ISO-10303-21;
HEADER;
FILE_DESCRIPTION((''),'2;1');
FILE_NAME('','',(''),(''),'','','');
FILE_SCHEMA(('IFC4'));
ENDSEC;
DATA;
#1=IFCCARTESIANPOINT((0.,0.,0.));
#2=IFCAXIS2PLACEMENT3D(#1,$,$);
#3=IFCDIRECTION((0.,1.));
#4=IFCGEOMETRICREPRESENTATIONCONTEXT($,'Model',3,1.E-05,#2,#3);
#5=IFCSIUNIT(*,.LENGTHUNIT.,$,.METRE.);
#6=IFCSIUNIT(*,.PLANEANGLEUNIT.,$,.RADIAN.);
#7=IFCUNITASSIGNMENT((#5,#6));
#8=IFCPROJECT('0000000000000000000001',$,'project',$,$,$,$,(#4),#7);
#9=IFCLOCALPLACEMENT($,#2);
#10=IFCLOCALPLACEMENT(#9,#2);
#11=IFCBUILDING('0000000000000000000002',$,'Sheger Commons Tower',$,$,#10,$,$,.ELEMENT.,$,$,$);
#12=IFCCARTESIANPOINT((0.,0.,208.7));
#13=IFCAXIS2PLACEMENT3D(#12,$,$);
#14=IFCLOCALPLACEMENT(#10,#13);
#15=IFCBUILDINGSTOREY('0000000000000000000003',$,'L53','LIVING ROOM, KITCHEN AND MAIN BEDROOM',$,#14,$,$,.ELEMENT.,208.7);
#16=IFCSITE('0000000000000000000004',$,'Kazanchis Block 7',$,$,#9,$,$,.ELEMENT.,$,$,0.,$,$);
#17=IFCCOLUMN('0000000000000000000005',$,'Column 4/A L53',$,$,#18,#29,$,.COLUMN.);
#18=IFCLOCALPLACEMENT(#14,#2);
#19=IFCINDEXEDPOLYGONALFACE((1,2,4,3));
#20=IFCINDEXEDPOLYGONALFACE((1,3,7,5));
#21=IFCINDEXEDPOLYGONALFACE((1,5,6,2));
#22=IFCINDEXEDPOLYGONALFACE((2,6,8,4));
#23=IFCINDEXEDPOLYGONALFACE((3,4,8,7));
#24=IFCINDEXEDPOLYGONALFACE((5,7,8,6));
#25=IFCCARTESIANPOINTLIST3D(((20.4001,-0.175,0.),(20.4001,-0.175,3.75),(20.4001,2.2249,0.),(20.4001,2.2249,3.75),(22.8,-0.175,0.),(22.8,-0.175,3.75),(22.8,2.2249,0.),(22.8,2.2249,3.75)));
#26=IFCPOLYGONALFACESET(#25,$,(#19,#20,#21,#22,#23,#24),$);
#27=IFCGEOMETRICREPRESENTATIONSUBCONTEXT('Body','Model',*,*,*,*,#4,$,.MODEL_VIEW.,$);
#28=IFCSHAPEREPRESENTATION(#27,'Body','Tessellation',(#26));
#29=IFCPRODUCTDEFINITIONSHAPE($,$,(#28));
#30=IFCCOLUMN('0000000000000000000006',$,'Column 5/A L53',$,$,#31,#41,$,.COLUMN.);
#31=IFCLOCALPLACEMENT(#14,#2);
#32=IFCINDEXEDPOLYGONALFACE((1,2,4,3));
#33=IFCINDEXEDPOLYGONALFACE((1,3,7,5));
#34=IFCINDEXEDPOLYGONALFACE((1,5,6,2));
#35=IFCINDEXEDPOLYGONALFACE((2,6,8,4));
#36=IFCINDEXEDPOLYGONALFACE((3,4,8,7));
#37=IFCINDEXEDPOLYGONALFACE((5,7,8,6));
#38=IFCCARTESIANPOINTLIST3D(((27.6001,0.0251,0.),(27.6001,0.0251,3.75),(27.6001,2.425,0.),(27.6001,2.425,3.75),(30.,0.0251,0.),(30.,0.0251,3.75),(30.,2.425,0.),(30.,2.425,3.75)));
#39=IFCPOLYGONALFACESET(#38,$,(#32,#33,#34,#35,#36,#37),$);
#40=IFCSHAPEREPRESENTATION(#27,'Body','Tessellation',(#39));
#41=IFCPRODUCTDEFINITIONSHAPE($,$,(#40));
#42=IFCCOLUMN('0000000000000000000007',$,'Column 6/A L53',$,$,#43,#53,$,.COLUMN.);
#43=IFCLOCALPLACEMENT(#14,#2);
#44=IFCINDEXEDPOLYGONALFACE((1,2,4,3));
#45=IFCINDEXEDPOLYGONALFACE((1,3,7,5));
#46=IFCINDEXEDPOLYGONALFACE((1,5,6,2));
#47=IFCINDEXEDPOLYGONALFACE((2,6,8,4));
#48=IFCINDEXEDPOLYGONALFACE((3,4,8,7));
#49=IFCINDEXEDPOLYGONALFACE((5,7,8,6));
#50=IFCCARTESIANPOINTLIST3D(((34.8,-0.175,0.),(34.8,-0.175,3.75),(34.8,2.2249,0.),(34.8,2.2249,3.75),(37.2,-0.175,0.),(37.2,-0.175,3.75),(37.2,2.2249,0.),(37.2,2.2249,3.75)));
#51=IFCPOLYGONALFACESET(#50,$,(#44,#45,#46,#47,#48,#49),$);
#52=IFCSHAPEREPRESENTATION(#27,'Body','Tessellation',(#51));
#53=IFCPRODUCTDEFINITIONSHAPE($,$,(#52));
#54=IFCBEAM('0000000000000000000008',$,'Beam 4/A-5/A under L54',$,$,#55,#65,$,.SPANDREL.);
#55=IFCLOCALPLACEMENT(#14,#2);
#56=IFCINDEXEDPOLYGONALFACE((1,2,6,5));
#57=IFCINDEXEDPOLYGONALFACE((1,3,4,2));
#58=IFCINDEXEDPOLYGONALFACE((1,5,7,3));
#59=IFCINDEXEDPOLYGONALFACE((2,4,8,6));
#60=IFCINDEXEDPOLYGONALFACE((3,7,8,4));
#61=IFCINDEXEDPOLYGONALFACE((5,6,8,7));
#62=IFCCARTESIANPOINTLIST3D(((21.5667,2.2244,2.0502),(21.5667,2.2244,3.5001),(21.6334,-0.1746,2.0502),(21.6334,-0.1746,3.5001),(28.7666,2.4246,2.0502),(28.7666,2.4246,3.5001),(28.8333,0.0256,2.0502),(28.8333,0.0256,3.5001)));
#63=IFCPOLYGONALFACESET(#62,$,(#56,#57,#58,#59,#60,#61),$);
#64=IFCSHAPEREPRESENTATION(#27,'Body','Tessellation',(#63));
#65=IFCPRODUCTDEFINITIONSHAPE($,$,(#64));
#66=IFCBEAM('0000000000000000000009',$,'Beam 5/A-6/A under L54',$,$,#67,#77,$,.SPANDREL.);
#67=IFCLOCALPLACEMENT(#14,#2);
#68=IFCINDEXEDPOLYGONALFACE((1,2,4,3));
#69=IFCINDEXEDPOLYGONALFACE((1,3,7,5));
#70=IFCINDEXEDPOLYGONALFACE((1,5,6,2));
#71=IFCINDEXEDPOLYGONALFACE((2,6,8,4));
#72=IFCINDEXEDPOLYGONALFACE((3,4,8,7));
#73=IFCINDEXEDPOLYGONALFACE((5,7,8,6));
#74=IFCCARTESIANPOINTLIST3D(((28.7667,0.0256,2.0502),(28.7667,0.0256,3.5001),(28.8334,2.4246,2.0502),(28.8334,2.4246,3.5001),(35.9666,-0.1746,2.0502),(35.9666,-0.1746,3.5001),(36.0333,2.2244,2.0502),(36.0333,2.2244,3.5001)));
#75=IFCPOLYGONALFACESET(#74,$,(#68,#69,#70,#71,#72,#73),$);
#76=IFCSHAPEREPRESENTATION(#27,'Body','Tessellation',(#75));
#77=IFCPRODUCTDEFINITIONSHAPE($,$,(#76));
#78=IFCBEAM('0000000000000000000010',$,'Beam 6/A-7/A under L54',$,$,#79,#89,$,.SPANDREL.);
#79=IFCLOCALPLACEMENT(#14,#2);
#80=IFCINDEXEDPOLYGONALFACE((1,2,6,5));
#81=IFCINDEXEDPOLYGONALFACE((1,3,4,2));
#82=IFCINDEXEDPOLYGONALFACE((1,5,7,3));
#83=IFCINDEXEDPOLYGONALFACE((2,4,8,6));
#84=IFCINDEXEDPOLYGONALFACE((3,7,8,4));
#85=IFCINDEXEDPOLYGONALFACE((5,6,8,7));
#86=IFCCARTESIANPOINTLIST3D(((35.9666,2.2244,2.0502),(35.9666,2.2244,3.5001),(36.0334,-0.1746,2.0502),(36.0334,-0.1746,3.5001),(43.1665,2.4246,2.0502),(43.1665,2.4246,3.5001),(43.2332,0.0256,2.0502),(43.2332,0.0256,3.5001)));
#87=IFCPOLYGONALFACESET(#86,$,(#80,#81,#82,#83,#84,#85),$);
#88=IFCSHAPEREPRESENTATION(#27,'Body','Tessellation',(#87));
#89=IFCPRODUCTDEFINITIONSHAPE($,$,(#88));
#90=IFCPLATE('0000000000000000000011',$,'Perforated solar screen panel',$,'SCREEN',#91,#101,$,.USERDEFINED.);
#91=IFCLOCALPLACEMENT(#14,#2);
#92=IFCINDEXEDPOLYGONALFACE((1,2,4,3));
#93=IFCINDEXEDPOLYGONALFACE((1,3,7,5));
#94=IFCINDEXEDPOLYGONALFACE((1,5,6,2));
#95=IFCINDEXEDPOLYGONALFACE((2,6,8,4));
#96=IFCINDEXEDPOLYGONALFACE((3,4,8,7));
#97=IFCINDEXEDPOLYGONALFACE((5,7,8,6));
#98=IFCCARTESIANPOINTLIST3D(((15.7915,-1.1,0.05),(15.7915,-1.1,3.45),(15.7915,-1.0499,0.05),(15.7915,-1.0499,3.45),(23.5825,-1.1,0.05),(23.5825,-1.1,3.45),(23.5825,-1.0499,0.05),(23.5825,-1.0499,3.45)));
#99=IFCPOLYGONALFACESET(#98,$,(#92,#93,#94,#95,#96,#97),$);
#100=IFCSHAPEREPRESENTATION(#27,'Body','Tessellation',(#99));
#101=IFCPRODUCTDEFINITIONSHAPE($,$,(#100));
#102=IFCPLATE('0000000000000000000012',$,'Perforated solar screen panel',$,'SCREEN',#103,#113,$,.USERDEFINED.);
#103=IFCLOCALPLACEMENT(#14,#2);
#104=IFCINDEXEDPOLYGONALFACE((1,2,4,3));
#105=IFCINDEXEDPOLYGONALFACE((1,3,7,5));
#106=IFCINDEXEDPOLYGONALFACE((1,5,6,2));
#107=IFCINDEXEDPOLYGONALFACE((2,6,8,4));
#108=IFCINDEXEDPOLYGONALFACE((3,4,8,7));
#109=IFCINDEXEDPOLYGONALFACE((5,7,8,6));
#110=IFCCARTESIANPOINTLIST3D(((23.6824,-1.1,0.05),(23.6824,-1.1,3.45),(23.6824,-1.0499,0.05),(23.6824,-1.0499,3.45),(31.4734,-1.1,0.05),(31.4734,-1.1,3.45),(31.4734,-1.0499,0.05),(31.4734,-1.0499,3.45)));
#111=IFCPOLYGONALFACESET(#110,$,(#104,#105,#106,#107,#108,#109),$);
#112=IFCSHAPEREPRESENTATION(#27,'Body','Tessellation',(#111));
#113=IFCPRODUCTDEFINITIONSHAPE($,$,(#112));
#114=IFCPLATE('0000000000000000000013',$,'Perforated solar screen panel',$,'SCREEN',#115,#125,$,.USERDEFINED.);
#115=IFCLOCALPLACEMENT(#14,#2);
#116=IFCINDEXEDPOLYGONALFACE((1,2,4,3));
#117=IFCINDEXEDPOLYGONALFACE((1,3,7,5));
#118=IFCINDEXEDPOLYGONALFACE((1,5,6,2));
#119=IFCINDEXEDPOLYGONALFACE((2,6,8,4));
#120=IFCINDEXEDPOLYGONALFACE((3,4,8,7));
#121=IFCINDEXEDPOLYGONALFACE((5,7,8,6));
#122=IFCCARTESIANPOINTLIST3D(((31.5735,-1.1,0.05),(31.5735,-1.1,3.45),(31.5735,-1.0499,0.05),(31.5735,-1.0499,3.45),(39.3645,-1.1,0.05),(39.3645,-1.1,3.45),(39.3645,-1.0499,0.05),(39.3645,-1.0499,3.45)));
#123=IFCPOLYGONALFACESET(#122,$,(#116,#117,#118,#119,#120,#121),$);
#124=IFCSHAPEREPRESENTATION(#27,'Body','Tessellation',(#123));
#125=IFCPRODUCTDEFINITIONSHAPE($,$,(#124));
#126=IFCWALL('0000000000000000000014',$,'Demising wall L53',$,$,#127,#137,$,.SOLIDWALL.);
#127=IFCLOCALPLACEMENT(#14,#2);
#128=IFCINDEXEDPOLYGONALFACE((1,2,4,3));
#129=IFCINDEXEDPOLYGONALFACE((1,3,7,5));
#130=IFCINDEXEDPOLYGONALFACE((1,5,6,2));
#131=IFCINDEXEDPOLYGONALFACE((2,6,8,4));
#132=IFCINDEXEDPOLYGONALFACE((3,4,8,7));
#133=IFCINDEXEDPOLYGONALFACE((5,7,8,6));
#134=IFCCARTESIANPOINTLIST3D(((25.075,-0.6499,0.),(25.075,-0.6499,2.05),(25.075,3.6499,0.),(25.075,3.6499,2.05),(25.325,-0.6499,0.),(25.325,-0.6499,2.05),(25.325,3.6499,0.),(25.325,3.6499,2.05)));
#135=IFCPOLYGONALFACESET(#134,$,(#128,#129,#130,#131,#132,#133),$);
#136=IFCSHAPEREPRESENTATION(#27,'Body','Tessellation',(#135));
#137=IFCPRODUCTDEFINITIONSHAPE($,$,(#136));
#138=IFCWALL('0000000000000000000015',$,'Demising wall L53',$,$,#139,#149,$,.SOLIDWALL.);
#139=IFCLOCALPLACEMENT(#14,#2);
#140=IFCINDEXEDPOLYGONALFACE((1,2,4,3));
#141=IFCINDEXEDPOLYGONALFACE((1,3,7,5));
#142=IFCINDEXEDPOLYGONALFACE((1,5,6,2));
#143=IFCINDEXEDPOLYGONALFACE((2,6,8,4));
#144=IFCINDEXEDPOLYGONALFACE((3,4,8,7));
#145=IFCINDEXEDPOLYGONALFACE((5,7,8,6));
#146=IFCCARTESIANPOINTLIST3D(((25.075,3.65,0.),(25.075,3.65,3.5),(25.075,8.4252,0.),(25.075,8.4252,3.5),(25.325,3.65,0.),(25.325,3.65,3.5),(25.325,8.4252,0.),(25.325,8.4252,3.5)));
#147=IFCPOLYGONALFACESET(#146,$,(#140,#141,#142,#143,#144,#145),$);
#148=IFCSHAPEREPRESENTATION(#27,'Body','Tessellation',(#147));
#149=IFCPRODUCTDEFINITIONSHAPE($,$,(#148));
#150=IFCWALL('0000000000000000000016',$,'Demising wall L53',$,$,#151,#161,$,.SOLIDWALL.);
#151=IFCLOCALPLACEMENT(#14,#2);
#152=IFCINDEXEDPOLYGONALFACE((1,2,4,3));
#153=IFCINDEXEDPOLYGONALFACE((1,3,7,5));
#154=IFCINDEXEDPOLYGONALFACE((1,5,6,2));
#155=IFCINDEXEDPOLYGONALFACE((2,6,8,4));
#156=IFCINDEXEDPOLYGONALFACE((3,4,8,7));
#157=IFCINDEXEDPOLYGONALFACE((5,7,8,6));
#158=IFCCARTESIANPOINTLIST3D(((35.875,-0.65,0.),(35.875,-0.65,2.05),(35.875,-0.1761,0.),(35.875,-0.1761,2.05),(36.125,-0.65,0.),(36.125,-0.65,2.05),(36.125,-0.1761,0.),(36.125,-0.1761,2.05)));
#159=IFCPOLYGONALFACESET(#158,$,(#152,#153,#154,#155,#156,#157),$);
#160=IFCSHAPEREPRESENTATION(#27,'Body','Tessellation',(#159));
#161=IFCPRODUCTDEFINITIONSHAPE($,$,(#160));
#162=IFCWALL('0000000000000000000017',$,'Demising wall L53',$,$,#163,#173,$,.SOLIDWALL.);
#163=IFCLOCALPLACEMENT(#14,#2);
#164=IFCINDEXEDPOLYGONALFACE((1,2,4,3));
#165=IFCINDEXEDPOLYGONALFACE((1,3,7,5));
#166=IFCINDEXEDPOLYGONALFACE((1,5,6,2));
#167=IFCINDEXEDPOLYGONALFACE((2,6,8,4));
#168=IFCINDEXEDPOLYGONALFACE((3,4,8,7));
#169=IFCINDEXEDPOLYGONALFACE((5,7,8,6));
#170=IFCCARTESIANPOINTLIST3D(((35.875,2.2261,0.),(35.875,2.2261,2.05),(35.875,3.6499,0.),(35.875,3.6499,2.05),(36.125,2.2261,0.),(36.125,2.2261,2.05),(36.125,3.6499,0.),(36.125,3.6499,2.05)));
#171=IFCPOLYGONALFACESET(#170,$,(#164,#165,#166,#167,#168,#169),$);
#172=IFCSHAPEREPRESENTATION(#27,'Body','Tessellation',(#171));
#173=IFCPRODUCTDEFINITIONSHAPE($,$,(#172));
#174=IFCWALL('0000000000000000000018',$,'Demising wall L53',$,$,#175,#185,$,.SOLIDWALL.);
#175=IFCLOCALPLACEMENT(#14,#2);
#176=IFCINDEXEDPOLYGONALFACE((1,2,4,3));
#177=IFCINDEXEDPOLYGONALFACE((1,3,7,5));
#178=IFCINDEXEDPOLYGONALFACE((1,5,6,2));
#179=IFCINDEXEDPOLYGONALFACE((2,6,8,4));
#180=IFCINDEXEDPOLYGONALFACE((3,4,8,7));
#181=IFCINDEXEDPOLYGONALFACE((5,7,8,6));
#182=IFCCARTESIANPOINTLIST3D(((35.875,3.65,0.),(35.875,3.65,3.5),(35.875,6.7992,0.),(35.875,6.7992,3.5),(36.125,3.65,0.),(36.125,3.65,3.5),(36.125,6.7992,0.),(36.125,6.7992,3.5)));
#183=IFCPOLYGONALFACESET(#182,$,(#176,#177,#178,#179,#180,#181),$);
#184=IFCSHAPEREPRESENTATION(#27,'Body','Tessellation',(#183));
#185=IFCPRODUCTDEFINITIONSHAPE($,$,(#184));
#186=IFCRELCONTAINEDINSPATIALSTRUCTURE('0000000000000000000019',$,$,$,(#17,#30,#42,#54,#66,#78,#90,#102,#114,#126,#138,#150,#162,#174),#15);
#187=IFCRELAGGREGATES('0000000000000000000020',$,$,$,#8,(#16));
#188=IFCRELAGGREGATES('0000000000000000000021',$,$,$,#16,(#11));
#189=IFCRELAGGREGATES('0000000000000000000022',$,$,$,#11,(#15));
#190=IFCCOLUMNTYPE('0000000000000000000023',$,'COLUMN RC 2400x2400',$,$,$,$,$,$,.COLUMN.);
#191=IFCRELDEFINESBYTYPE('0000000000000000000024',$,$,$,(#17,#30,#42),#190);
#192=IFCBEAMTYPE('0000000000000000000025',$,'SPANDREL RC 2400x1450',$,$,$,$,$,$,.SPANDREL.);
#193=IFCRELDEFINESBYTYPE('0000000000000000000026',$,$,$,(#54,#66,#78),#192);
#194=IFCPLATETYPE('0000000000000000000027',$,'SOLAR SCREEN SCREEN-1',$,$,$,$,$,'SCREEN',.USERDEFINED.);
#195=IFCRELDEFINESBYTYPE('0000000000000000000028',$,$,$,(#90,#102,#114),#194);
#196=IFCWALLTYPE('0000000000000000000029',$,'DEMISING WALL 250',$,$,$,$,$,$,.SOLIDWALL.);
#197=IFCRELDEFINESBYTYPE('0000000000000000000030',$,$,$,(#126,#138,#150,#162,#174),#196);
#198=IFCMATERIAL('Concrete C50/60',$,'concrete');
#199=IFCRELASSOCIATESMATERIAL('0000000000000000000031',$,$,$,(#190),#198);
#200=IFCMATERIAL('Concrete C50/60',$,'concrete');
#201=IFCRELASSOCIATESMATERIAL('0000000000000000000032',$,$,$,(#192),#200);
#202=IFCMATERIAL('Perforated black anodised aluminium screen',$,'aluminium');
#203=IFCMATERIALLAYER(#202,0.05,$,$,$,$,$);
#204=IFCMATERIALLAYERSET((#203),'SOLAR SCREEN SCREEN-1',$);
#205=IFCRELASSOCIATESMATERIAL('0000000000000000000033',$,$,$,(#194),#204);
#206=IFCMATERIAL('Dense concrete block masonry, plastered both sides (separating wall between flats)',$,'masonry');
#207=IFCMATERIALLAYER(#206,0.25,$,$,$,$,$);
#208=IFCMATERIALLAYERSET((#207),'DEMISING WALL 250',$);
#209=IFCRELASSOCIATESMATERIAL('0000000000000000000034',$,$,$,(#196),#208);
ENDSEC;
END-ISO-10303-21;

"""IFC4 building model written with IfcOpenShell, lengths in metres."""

from ifc_helpers import new_model, si_unit, direction, frame, frame_2d, origin, origin_2d, place, context, subcontext, project, spatial, rectangle, extrude, material, layer, layer_set, material_profile, profile_set, type_object, element, save


model = new_model("IFC4")

# Units and contexts
model_context = context("Model", 3, precision=1e-05, world=origin(), true_north=direction((0.0, 1.0)))
body_context = subcontext(model_context, "Body", "Model", "MODEL_VIEW")
ifc_project = project(units=[si_unit("LENGTHUNIT", "METRE"), si_unit("PLANEANGLEUNIT", "RADIAN")], contexts=[model_context])

# Site, building, storey
site_placement = place(None, origin())
site = spatial("IfcSite", under=ifc_project, at=site_placement, Name="Kazanchis Block 7", CompositionType="ELEMENT", RefElevation=0.0)
building_placement = place(site_placement, origin())
building = spatial("IfcBuilding", under=site, at=building_placement, Name="Sheger Commons Tower", CompositionType="ELEMENT")
storey_placement = place(building_placement, frame((0.0, 0.0, 208.7)))
storey = spatial("IfcBuildingStorey", under=building, at=storey_placement, Name="L53", Description="LIVING ROOM, KITCHEN AND MAIN BEDROOM", CompositionType="ELEMENT", Elevation=208.7)

# Columns
ifc_material_1 = material(Name="Concrete C50/60", Category="concrete")
ifc_material_profile_1 = material_profile(ifc_material_1, rectangle(XDim=2.3999, YDim=2.3999, at=origin_2d()), Name="RC 2400x2400")
ifc_profile_set_1 = profile_set([ifc_material_profile_1], Name="Concrete C50/60")
column_type = type_object("IfcColumnType", Name="COLUMN RC 2400x2400", PredefinedType="COLUMN", material=ifc_profile_set_1)
for number, where, z_axis, x_axis, name in (
    (1, (21.6001, 1.0249, 0.0), (0.0, 0.0, 1.0), (1.0, 0.0, 0.0), "Column 4/A L53"),
    (2, (28.8, 1.2251, 0.0), (0.0, 0.0, 1.0), (1.0, 0.0, 0.0), "Column 5/A L53"),
    (3, (36.0, 1.0249, 0.0), (0.0, 0.0, 1.0), (1.0, 0.0, 0.0), "Column 6/A L53"),
):
    element("IfcColumn", number, at=place(storey_placement, frame(where, z_axis=z_axis, x_axis=x_axis)), inside=storey, type_object=column_type, Name=name, PredefinedType="COLUMN", context=body_context, shape_type="SweptSolid", body=[
        extrude(rectangle(XDim=2.3999, YDim=2.3999, at=origin_2d()), origin(), (0.0, 0.0, 1.0), 3.75),
    ])

# Beams
ifc_material_2 = material(Name="Concrete C50/60", Category="concrete")
ifc_material_profile_2 = material_profile(ifc_material_2, rectangle(XDim=2.3999, YDim=1.45, at=origin_2d()), Name="RC 2400x1450")
ifc_profile_set_2 = profile_set([ifc_material_profile_2], Name="Concrete C50/60")
beam_type = type_object("IfcBeamType", Name="SPANDREL RC 2400x1450", PredefinedType="SPANDREL", material=ifc_profile_set_2)
for number, where, z_axis, x_axis, name in (
    (4, (21.6001, 1.0249, 2.7751), (0.999614, 0.027794, 0.0), (-0.027794, 0.999614, 0.0), "Beam 4/A-5/A under L54"),
    (5, (28.8, 1.2251, 2.7751), (0.999614, -0.027794, 0.0), (0.027794, 0.999614, 0.0), "Beam 5/A-6/A under L54"),
    (6, (36.0, 1.0249, 2.7751), (0.999614, 0.027794, 0.0), (-0.027794, 0.999614, 0.0), "Beam 6/A-7/A under L54"),
):
    element("IfcBeam", number, at=place(storey_placement, frame(where, z_axis=z_axis, x_axis=x_axis)), inside=storey, type_object=beam_type, Name=name, PredefinedType="SPANDREL", context=body_context, shape_type="SweptSolid", body=[
        extrude(rectangle(XDim=2.3999, YDim=1.45, at=origin_2d()), origin(), (0.0, 0.0, 1.0), 7.2026),
    ])

# Plates
ifc_material_3 = material(Name="Perforated black anodised aluminium screen", Category="aluminium")
ifc_layer_1 = layer(ifc_material_3, 0.05)
ifc_layer_set_1 = layer_set([ifc_layer_1], Name="SOLAR SCREEN SCREEN-1")
plate_type = type_object("IfcPlateType", Name="SOLAR SCREEN SCREEN-1", ElementType="SCREEN", PredefinedType="USERDEFINED", material=ifc_layer_set_1)
for number, where, z_axis, x_axis, name in (
    (7, (19.687, -1.075, 0.05), (0.0, 0.0, 1.0), (1.0, 0.0, 0.0), "Perforated solar screen panel"),
    (8, (27.5779, -1.075, 0.05), (0.0, 0.0, 1.0), (1.0, 0.0, 0.0), "Perforated solar screen panel"),
    (9, (35.469, -1.075, 0.05), (0.0, 0.0, 1.0), (1.0, 0.0, 0.0), "Perforated solar screen panel"),
):
    element("IfcPlate", number, at=place(storey_placement, frame(where, z_axis=z_axis, x_axis=x_axis)), inside=storey, type_object=plate_type, Name=name, ObjectType="SCREEN", PredefinedType="USERDEFINED", context=body_context, shape_type="SweptSolid", body=[
        extrude(rectangle(XDim=7.791, YDim=0.05, at=origin_2d()), origin(), (0.0, 0.0, 1.0), 3.3999),
    ])

# Walls
ifc_material_4 = material(Name="Dense concrete block masonry, plastered both sides (separating wall between flats)", Category="masonry")
ifc_layer_2 = layer(ifc_material_4, 0.25)
ifc_layer_set_2 = layer_set([ifc_layer_2], Name="DEMISING WALL 250")
wall_type_1 = type_object("IfcWallType", Name="DEMISING WALL 250", PredefinedType="SOLIDWALL", material=ifc_layer_set_2)
wall_1_placement = place(storey_placement, frame((25.2, -0.6499, 0.0), z_axis=(0.0, 0.0, 1.0), x_axis=(0.0, 1.0, 0.0)))
element("IfcWall", 10, at=wall_1_placement, inside=storey, type_object=wall_type_1, Name="Demising wall L53", PredefinedType="SOLIDWALL", context=body_context, shape_type="SweptSolid", body=[
    extrude(rectangle(XDim=4.2998, YDim=0.25, at=frame_2d((2.1499, 0.0))), origin(), (0.0, 0.0, 1.0), 2.05),
])
wall_2_placement = place(storey_placement, frame((25.2, 3.6499, 0.0), z_axis=(0.0, 0.0, 1.0), x_axis=(0.0, 1.0, 0.0)))
element("IfcWall", 11, at=wall_2_placement, inside=storey, type_object=wall_type_1, Name="Demising wall L53", PredefinedType="SOLIDWALL", context=body_context, shape_type="SweptSolid", body=[
    extrude(rectangle(XDim=4.7751, YDim=0.25, at=frame_2d((2.3877, 0.0))), origin(), (0.0, 0.0, 1.0), 3.5),
])
wall_3_placement = place(storey_placement, frame((36.0, -0.6499, 0.0), z_axis=(0.0, 0.0, 1.0), x_axis=(0.0, 1.0, 0.0)))
element("IfcWall", 12, at=wall_3_placement, inside=storey, type_object=wall_type_1, Name="Demising wall L53", PredefinedType="SOLIDWALL", context=body_context, shape_type="SweptSolid", body=[
    extrude(rectangle(XDim=0.4739, YDim=0.25, at=frame_2d((0.2368, 0.0))), origin(), (0.0, 0.0, 1.0), 2.05),
])
wall_4_placement = place(storey_placement, frame((36.0, 2.2261, 0.0), z_axis=(0.0, 0.0, 1.0), x_axis=(0.0, 1.0, 0.0)))
element("IfcWall", 13, at=wall_4_placement, inside=storey, type_object=wall_type_1, Name="Demising wall L53", PredefinedType="SOLIDWALL", context=body_context, shape_type="SweptSolid", body=[
    extrude(rectangle(XDim=1.4238, YDim=0.25, at=frame_2d((0.7119, 0.0))), origin(), (0.0, 0.0, 1.0), 2.05),
])
wall_5_placement = place(storey_placement, frame((36.0, 3.6499, 0.0), z_axis=(0.0, 0.0, 1.0), x_axis=(0.0, 1.0, 0.0)))
element("IfcWall", 14, at=wall_5_placement, inside=storey, type_object=wall_type_1, Name="Demising wall L53", PredefinedType="SOLIDWALL", context=body_context, shape_type="SweptSolid", body=[
    extrude(rectangle(XDim=3.1492, YDim=0.25, at=frame_2d((1.5747, 0.0))), origin(), (0.0, 0.0, 1.0), 3.5),
])

save(model, "model.ifc")
